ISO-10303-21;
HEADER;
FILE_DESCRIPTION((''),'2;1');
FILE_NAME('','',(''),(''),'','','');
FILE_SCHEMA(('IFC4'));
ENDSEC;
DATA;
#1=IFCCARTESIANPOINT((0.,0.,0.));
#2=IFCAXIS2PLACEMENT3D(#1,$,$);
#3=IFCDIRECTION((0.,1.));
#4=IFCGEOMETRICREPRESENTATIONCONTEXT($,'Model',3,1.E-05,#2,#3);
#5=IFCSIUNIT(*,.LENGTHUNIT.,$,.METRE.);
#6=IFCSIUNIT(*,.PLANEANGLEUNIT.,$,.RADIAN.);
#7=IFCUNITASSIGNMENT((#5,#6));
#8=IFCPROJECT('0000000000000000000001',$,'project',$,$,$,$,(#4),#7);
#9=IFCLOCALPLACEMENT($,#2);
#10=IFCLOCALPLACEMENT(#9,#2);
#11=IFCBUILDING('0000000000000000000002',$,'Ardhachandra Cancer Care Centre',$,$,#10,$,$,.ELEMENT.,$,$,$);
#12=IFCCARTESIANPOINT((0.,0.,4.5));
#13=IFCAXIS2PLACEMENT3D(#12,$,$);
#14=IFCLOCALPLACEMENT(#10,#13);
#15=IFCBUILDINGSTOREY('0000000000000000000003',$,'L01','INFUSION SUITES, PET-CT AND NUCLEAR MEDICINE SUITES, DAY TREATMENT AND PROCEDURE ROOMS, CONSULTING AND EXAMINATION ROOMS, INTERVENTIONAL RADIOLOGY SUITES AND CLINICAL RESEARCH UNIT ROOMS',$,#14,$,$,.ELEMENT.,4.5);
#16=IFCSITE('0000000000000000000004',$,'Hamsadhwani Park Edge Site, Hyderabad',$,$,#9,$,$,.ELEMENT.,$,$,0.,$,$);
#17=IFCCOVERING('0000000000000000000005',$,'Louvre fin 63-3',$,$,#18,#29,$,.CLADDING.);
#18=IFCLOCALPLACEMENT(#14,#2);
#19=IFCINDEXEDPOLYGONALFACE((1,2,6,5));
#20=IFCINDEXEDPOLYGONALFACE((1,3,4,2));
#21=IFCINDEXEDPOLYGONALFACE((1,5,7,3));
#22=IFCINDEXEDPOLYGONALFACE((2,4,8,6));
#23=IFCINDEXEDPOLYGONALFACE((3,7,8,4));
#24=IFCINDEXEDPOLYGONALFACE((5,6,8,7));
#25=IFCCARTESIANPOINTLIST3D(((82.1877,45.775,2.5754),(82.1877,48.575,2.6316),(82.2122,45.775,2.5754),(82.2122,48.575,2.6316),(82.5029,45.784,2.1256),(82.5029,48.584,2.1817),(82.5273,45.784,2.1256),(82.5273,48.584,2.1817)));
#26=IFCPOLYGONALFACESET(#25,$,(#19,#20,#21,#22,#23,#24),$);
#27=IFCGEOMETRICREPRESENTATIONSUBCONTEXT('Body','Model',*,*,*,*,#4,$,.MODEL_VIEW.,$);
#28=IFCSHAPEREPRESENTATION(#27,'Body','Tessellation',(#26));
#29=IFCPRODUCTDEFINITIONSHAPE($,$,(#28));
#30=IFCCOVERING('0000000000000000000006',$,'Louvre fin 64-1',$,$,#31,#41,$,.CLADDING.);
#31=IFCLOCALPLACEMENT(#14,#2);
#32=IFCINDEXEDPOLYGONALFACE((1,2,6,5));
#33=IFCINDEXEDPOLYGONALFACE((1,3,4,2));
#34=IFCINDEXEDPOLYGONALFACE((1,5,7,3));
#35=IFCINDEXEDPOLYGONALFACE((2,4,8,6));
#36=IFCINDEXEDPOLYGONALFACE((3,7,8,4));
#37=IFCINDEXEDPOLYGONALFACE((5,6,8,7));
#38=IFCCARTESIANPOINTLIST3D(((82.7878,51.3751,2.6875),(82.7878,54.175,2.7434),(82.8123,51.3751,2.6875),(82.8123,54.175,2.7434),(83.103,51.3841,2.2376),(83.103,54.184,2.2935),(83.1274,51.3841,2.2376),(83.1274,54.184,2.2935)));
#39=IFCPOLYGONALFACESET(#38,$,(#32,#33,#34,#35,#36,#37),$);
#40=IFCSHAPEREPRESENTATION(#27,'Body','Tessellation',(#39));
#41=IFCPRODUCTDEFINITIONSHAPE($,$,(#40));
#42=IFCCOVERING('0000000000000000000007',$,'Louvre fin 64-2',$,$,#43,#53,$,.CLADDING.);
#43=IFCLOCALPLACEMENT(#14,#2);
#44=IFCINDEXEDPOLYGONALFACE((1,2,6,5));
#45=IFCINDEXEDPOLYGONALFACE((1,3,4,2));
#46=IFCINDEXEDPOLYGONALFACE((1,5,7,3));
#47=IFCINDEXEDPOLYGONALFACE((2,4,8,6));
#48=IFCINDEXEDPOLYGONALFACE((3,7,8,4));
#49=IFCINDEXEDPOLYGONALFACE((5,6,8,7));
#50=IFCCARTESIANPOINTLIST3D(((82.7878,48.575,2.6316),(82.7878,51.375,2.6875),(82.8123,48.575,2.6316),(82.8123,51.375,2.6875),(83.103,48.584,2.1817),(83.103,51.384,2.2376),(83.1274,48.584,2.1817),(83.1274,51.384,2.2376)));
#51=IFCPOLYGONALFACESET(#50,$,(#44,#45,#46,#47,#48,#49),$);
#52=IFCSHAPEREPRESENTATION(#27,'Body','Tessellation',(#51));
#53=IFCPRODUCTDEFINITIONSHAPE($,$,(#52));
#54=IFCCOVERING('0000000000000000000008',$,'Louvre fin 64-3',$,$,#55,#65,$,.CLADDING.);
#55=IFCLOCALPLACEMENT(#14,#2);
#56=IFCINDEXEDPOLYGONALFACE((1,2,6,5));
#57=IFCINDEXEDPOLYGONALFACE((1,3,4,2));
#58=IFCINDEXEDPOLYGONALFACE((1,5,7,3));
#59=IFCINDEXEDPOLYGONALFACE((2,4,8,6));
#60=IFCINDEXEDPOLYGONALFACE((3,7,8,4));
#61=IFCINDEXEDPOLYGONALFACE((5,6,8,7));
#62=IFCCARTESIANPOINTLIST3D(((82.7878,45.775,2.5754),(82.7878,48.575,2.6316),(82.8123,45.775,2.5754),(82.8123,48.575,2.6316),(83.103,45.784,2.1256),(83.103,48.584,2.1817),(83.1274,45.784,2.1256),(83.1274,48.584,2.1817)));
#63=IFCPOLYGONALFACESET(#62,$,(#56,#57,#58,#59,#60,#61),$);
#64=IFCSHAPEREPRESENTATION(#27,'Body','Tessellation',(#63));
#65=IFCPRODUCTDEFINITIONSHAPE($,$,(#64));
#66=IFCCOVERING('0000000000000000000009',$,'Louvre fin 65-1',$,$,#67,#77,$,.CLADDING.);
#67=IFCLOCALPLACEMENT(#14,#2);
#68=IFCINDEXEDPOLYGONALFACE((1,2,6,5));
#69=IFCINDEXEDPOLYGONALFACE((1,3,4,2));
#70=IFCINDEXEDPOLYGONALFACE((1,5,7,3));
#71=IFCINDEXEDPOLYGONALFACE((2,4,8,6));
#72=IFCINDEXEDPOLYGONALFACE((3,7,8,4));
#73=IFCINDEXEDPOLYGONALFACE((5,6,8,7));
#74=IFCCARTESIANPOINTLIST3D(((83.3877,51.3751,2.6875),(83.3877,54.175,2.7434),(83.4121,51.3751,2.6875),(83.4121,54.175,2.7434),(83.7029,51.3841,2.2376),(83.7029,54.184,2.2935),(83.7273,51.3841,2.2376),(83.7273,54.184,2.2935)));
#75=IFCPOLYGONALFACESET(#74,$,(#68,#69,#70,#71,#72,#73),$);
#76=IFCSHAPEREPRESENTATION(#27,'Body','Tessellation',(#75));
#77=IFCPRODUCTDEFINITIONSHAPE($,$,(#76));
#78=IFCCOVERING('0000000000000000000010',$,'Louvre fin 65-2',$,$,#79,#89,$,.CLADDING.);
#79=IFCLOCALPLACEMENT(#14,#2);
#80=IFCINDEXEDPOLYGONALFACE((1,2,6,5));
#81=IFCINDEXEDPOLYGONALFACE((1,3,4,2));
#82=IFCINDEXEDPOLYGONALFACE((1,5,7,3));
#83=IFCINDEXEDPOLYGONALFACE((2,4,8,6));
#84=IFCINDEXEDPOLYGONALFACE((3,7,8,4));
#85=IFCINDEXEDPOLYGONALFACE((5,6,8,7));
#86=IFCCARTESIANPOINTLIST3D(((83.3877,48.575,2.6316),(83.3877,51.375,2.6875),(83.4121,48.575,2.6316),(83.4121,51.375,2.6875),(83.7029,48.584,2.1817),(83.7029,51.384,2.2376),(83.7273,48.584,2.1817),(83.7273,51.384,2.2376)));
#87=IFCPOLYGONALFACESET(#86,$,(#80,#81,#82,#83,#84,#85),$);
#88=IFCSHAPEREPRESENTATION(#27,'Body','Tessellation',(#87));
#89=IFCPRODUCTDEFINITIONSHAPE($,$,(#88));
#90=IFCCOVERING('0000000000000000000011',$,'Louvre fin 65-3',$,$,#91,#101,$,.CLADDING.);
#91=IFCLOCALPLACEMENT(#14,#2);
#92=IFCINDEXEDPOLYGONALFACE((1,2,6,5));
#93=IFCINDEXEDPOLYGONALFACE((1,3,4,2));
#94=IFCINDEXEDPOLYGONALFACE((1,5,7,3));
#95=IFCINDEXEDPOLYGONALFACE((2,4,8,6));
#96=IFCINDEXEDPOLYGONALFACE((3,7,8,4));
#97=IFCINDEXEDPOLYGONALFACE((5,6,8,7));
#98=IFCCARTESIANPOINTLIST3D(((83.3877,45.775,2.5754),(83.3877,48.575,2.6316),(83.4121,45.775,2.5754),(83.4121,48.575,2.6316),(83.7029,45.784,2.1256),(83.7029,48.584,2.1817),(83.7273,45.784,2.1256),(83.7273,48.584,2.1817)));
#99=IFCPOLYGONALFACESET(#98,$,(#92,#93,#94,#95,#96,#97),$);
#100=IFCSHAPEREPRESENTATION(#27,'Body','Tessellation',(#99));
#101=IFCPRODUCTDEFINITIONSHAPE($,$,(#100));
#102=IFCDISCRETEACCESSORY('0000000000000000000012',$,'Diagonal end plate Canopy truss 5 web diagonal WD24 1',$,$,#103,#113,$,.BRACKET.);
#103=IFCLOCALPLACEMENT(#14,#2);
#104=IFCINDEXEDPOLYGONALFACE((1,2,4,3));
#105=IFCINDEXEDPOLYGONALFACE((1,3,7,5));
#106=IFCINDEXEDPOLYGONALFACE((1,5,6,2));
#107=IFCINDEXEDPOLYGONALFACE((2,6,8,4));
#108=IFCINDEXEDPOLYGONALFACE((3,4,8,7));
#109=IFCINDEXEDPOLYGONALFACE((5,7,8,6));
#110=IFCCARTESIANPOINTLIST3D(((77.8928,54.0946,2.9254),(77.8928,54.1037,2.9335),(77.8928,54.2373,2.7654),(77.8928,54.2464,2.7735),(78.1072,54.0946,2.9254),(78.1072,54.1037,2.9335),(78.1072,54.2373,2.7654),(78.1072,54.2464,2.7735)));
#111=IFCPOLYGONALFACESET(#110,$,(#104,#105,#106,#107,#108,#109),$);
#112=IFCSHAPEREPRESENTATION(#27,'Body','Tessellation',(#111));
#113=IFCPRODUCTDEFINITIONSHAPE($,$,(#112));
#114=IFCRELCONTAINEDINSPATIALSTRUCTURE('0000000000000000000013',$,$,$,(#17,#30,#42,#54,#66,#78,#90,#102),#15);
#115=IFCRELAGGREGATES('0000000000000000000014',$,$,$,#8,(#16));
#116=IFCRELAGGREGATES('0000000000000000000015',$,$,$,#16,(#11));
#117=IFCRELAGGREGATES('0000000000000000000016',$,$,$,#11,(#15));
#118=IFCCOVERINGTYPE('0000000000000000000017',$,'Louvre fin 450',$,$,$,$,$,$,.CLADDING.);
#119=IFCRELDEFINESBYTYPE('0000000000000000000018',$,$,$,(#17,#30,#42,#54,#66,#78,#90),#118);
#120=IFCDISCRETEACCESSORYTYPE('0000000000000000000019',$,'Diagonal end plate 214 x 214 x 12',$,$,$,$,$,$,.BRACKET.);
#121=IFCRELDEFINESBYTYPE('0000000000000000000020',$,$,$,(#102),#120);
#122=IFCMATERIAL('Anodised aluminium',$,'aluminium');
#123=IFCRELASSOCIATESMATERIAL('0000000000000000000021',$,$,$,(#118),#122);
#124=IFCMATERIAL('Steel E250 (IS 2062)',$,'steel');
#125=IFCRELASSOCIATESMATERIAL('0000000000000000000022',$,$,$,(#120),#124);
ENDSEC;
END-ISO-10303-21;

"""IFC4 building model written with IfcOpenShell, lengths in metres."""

from ifc_helpers import new_model, si_unit, direction, frame, origin, origin_2d, place, context, subcontext, project, spatial, polyline, rectangle, outline, extrude, material, material_profile, profile_set, type_object, element, save


model = new_model("IFC4")

# Units and contexts
model_context = context("Model", 3, precision=1e-05, world=origin(), true_north=direction((0.0, 1.0)))
body_context = subcontext(model_context, "Body", "Model", "MODEL_VIEW")
ifc_project = project(units=[si_unit("LENGTHUNIT", "METRE"), si_unit("PLANEANGLEUNIT", "RADIAN")], contexts=[model_context])

# Site, building, storey
site_placement = place(None, origin())
site = spatial("IfcSite", under=ifc_project, at=site_placement, Name="Hamsadhwani Park Edge Site, Hyderabad", CompositionType="ELEMENT", RefElevation=0.0)
building_placement = place(site_placement, origin())
building = spatial("IfcBuilding", under=site, at=building_placement, Name="Ardhachandra Cancer Care Centre", CompositionType="ELEMENT")
storey_placement = place(building_placement, frame((0.0, 0.0, 4.5)))
storey = spatial("IfcBuildingStorey", under=building, at=storey_placement, Name="L01", Description="INFUSION SUITES, PET-CT AND NUCLEAR MEDICINE SUITES, DAY TREATMENT AND PROCEDURE ROOMS, CONSULTING AND EXAMINATION ROOMS, INTERVENTIONAL RADIOLOGY SUITES AND CLINICAL RESEARCH UNIT ROOMS", CompositionType="ELEMENT", Elevation=4.5)

# Coverings
ifc_material_1 = material(Name="Anodised aluminium", Category="aluminium")
ifc_material_profile_1 = material_profile(ifc_material_1, outline(polyline([(-0.0122, 0.0), (0.0122, 0.0), (0.3274, -0.45), (0.303, -0.45), (-0.0122, 0.0)])), Name="Louvre fin 450")
ifc_profile_set_1 = profile_set([ifc_material_profile_1], Name="Anodised aluminium")
covering_type = type_object("IfcCoveringType", Name="Louvre fin 450", PredefinedType="CLADDING", material=ifc_profile_set_1)
for number, where, z_axis, x_axis, name in (
    (1, (82.2, 48.575, 2.6316), (0.0, -0.999799, -0.02005), (1.0, 0.0, 0.0), "Louvre fin 63-3"),
    (2, (82.8, 54.175, 2.7434), (0.0, -0.999801, -0.019963), (1.0, 0.0, 0.0), "Louvre fin 64-1"),
    (3, (82.8, 51.375, 2.6875), (0.0, -0.999801, -0.019963), (1.0, 0.0, 0.0), "Louvre fin 64-2"),
    (4, (82.8, 48.575, 2.6316), (0.0, -0.999799, -0.02005), (1.0, 0.0, 0.0), "Louvre fin 64-3"),
    (5, (83.3999, 54.175, 2.7434), (0.0, -0.999801, -0.019963), (1.0, 0.0, 0.0), "Louvre fin 65-1"),
    (6, (83.3999, 51.375, 2.6875), (0.0, -0.999801, -0.019963), (1.0, 0.0, 0.0), "Louvre fin 65-2"),
    (7, (83.3999, 48.575, 2.6316), (0.0, -0.999799, -0.02005), (1.0, 0.0, 0.0), "Louvre fin 65-3"),
):
    element("IfcCovering", number, at=place(storey_placement, frame(where, z_axis=z_axis, x_axis=x_axis)), inside=storey, type_object=covering_type, Name=name, PredefinedType="CLADDING", context=body_context, shape_type="SweptSolid", body=[
        extrude(outline(polyline([(-0.0122, 0.0), (0.0122, 0.0), (0.3274, -0.45), (0.303, -0.45), (-0.0122, 0.0)])), origin(), (0.0, 0.0, 1.0), 2.8005),
    ])

# Discrete accessory
ifc_material_2 = material(Name="Steel E250 (IS 2062)", Category="steel")
ifc_material_profile_2 = material_profile(ifc_material_2, rectangle(XDim=0.2144, YDim=0.2144, at=origin_2d()), Name="PL 214x214x12")
ifc_profile_set_2 = profile_set([ifc_material_profile_2], Name="Steel E250 (IS 2062)")
discrete_accessory_type = type_object("IfcDiscreteAccessoryType", Name="Diagonal end plate 214 x 214 x 12", PredefinedType="BRACKET", material=ifc_profile_set_2)
discrete_accessory_placement = place(storey_placement, frame((78.0, 54.175, 2.8535), z_axis=(0.0, -0.746295, -0.665615), x_axis=(1.0, 0.0, 0.0)))
element("IfcDiscreteAccessory", 8, at=discrete_accessory_placement, inside=storey, type_object=discrete_accessory_type, Name="Diagonal end plate Canopy truss 5 web diagonal WD24 1", PredefinedType="BRACKET", context=body_context, shape_type="SweptSolid", body=[
    extrude(rectangle(XDim=0.2144, YDim=0.2144, at=origin_2d()), origin(), (0.0, 0.0, 1.0), 0.0122),
])

save(model, "model.ifc")
